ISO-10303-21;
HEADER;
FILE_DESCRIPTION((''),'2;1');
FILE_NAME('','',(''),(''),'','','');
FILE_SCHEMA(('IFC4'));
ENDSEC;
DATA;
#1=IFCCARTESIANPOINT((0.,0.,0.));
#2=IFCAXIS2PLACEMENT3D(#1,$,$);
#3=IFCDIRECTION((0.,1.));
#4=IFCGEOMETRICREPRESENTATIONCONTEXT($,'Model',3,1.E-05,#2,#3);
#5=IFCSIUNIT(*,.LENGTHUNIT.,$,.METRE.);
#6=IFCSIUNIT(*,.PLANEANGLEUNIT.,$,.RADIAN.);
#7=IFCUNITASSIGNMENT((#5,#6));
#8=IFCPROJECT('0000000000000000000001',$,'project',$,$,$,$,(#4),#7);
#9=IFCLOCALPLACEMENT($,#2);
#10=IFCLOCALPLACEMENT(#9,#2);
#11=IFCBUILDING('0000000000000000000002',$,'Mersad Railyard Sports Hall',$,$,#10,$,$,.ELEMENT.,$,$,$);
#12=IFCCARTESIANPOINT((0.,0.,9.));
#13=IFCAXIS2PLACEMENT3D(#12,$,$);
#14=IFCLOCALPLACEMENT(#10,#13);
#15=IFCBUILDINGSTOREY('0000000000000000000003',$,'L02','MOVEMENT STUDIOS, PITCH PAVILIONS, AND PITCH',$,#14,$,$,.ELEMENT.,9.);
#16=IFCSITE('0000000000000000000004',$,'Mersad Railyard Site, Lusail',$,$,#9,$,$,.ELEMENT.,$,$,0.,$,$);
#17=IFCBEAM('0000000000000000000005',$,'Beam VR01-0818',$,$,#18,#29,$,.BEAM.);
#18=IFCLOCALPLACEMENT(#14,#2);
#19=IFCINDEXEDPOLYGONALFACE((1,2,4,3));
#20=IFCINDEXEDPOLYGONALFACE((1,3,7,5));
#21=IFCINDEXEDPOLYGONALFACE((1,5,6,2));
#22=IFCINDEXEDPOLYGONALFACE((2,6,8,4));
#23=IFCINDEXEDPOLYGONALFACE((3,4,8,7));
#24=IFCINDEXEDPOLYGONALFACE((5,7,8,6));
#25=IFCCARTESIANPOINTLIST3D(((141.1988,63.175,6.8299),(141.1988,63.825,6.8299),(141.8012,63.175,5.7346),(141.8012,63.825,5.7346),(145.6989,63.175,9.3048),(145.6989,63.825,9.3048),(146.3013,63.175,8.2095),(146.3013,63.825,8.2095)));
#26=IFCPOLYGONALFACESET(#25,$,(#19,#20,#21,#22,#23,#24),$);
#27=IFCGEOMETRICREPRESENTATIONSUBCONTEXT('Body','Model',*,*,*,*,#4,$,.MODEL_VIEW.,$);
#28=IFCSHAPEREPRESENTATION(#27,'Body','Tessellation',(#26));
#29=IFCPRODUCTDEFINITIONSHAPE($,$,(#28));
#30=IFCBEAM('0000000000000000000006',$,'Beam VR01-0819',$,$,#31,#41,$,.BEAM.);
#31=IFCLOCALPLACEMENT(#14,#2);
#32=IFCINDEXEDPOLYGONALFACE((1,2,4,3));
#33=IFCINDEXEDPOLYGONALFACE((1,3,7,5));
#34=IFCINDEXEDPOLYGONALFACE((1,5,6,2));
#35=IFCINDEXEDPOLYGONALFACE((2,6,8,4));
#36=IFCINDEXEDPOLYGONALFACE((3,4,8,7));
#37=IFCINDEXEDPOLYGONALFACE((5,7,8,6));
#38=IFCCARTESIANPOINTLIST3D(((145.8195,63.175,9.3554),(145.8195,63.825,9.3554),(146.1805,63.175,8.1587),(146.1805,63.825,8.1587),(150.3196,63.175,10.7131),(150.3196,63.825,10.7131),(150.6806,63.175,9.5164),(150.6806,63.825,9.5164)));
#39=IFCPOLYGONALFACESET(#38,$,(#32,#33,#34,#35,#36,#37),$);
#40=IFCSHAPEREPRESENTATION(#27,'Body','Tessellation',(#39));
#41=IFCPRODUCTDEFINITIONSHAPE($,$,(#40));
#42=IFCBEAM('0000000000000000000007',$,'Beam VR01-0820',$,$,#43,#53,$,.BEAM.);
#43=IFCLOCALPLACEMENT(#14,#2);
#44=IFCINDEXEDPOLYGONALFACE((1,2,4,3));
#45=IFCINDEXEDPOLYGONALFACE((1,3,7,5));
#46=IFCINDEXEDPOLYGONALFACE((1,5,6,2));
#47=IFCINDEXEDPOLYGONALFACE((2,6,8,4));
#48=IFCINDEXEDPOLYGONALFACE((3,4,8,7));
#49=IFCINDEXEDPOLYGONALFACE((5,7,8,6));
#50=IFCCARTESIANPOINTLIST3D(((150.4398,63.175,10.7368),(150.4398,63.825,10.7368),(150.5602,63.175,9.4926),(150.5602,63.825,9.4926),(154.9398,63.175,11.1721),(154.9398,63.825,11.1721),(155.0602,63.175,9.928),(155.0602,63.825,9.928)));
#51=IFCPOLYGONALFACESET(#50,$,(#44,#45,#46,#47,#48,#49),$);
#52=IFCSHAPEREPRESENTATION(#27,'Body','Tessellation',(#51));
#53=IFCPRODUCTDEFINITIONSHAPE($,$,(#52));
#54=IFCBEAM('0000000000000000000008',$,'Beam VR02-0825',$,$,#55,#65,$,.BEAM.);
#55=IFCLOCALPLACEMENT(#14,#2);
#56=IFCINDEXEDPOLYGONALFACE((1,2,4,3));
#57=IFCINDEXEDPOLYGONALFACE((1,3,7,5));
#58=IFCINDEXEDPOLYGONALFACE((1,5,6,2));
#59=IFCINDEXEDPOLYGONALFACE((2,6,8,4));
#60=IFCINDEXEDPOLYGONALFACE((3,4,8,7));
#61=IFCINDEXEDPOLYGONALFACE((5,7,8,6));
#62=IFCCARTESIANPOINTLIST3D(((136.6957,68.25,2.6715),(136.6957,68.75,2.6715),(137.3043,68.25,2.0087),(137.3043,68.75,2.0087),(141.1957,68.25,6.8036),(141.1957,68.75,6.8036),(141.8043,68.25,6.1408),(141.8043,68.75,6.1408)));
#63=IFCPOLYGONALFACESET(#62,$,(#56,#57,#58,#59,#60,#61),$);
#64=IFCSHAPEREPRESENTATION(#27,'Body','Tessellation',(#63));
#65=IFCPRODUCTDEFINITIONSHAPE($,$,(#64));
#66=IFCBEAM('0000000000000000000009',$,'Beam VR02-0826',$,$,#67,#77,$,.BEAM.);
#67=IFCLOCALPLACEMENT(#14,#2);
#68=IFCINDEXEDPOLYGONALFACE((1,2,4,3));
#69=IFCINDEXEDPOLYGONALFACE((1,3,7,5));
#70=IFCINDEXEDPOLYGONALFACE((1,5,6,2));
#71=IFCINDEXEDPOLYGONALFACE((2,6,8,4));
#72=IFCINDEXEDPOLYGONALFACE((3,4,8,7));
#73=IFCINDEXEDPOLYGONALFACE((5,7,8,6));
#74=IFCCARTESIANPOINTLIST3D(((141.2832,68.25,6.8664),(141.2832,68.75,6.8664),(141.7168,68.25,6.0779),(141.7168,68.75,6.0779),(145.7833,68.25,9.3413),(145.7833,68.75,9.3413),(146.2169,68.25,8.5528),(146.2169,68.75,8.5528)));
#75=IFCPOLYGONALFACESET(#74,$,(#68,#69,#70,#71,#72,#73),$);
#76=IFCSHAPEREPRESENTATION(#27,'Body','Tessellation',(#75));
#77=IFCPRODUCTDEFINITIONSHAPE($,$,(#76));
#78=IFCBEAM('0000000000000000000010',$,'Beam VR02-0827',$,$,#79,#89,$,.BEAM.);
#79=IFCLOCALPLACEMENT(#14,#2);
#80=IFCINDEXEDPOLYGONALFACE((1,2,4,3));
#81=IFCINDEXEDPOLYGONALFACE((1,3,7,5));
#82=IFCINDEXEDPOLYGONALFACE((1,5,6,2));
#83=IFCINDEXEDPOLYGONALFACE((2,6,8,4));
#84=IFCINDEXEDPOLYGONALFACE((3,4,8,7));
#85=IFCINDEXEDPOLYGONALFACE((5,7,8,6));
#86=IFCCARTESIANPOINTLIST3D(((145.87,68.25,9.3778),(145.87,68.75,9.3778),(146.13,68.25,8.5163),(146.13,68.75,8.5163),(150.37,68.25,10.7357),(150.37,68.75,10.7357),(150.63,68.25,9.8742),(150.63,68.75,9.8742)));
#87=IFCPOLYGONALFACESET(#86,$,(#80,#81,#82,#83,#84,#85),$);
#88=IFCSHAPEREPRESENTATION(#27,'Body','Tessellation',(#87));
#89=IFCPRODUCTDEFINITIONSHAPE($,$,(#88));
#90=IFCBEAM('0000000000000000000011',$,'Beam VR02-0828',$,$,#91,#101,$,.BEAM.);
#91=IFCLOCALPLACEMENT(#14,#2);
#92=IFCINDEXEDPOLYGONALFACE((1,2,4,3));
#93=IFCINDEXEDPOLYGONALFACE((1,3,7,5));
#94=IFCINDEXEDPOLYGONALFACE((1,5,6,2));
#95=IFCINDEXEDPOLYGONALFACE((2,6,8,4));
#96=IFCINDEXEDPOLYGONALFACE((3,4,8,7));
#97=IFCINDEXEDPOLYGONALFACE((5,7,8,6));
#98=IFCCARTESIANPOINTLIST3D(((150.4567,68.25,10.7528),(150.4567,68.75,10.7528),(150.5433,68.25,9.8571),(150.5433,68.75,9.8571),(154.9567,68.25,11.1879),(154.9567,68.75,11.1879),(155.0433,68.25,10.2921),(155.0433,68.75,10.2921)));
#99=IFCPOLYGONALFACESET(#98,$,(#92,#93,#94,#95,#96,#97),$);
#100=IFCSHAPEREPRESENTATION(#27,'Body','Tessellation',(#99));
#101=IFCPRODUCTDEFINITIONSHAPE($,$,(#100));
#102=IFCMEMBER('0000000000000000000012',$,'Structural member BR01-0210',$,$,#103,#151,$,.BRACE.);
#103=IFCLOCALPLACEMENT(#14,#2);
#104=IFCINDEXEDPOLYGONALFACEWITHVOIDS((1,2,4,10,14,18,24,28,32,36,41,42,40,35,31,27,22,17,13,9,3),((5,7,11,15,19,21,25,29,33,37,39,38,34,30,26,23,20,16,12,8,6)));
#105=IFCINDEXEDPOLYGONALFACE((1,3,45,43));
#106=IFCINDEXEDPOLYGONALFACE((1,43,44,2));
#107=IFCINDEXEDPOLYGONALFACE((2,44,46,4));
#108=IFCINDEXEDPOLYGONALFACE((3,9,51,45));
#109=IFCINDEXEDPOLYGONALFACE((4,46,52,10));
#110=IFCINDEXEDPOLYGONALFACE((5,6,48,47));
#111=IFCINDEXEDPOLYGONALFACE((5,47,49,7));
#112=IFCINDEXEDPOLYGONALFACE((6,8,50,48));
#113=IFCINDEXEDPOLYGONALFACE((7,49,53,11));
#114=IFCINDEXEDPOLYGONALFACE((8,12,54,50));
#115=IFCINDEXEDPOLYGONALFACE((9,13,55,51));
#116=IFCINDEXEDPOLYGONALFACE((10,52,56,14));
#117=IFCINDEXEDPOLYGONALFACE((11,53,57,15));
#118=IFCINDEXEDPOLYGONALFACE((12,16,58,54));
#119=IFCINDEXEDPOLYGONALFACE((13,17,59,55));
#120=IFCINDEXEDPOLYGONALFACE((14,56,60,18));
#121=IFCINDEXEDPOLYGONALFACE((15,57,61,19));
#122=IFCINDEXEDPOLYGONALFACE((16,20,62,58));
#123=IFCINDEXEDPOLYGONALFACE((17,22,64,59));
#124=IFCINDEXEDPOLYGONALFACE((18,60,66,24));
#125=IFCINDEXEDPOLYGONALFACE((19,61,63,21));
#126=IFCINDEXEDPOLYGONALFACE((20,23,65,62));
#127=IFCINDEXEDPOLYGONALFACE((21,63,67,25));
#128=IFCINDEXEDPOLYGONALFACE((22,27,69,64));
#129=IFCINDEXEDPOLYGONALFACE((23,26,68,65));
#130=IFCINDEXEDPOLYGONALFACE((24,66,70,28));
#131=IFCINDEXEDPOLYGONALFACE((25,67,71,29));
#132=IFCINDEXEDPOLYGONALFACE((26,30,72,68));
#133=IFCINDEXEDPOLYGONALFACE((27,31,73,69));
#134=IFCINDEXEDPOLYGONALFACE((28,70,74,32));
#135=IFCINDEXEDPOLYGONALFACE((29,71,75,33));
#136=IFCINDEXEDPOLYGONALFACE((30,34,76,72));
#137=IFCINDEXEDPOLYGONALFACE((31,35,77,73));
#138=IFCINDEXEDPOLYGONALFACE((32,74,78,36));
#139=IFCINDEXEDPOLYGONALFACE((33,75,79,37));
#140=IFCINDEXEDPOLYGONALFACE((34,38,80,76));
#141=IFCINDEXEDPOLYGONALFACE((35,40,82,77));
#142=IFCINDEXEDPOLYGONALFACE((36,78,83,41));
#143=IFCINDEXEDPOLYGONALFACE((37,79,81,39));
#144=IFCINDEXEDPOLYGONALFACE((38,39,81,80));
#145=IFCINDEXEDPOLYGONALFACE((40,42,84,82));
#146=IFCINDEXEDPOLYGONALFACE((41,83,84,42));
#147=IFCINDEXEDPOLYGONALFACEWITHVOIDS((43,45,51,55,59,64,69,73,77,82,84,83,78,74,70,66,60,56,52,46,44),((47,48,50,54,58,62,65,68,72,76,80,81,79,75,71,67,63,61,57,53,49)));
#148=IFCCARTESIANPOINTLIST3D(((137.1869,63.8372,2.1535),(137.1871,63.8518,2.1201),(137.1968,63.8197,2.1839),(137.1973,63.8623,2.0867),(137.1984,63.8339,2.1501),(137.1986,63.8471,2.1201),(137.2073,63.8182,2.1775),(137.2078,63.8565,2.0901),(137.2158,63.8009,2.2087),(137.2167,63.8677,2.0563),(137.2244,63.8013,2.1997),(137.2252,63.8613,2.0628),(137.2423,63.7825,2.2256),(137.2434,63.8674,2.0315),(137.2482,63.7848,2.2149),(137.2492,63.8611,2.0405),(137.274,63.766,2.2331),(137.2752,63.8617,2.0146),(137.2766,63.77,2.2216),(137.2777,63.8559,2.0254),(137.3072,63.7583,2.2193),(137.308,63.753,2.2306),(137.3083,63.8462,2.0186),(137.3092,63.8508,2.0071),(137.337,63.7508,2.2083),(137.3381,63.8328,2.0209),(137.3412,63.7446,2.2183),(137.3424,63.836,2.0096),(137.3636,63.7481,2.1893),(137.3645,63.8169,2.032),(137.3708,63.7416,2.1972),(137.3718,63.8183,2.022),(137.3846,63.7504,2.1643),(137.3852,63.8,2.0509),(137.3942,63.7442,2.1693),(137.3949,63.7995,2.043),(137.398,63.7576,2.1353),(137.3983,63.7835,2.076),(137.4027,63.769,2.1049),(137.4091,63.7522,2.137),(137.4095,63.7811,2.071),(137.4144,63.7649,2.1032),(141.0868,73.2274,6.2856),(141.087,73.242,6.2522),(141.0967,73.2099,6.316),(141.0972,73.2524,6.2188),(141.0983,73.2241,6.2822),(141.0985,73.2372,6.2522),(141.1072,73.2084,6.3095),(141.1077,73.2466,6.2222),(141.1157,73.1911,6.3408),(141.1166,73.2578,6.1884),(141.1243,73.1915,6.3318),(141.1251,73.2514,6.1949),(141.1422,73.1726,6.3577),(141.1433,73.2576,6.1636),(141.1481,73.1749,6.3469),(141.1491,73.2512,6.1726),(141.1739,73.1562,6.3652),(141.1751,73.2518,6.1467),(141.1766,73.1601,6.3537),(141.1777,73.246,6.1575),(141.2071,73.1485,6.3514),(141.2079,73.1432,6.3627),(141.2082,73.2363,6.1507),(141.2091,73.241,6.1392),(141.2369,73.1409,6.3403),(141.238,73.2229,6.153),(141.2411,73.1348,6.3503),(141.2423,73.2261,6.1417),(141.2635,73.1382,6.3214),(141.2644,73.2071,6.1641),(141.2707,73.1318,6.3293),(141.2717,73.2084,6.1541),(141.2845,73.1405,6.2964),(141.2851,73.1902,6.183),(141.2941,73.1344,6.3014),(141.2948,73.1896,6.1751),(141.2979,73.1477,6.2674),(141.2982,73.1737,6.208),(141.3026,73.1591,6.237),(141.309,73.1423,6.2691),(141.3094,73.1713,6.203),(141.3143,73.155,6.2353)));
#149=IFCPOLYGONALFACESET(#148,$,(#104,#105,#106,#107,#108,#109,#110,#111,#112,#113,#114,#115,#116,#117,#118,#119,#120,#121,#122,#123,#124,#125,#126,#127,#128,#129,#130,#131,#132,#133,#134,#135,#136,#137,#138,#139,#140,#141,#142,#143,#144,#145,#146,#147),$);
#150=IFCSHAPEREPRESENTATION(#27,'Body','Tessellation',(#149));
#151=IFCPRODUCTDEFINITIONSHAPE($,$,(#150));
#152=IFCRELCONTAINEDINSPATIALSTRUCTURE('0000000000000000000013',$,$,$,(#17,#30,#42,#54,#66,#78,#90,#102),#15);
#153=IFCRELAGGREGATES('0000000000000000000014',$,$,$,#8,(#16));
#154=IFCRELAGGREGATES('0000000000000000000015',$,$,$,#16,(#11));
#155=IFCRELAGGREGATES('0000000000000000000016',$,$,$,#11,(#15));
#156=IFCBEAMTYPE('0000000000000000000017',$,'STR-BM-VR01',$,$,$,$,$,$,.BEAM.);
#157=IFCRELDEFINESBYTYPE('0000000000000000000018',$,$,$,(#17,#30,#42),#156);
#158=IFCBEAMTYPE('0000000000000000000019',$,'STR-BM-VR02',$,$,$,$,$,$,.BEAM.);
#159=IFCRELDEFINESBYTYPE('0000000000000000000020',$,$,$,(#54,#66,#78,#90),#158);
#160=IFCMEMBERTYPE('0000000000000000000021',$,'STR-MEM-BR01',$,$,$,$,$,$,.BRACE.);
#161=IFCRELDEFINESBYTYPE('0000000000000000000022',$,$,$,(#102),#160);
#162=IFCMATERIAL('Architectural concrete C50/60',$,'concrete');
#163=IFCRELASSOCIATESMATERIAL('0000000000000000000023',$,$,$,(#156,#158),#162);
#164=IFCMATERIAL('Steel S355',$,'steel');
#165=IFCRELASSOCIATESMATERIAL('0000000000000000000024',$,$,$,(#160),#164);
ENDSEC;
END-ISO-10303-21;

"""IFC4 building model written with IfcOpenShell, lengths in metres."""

from ifc_helpers import new_model, si_unit, direction, frame, origin, origin_2d, place, context, subcontext, project, spatial, rectangle, hollow_circle, extrude, material, material_profile, profile_set, type_object, element, save


model = new_model("IFC4")

# Units and contexts
model_context = context("Model", 3, precision=1e-05, world=origin(), true_north=direction((0.0, 1.0)))
body_context = subcontext(model_context, "Body", "Model", "MODEL_VIEW")
ifc_project = project(units=[si_unit("LENGTHUNIT", "METRE"), si_unit("PLANEANGLEUNIT", "RADIAN")], contexts=[model_context])

# Site, building, storey
site_placement = place(None, origin())
site = spatial("IfcSite", under=ifc_project, at=site_placement, Name="Mersad Railyard Site, Lusail", CompositionType="ELEMENT", RefElevation=0.0)
building_placement = place(site_placement, origin())
building = spatial("IfcBuilding", under=site, at=building_placement, Name="Mersad Railyard Sports Hall", CompositionType="ELEMENT")
storey_placement = place(building_placement, frame((0.0, 0.0, 9.0)))
storey = spatial("IfcBuildingStorey", under=building, at=storey_placement, Name="L02", Description="MOVEMENT STUDIOS, PITCH PAVILIONS, AND PITCH", CompositionType="ELEMENT", Elevation=9.0)

# Beams
ifc_material_1 = material(Name="Architectural concrete C50/60", Category="concrete")
ifc_material_profile_1 = material_profile(ifc_material_1, rectangle(XDim=0.6499, YDim=1.25, at=origin_2d()), Name="VR 650x1250")
ifc_profile_set_1 = profile_set([ifc_material_profile_1], Name="Architectural concrete C50/60")
beam_type_1 = type_object("IfcBeamType", Name="STR-BM-VR01", PredefinedType="BEAM", material=ifc_profile_set_1)
beam_1_placement = place(storey_placement, frame((141.5, 63.5, 6.2822), z_axis=(0.876228, 0.0, 0.481897), x_axis=(0.0, 1.0, 0.0)))
element("IfcBeam", 1, at=beam_1_placement, inside=storey, type_object=beam_type_1, Name="Beam VR01-0818", PredefinedType="BEAM", context=body_context, shape_type="SweptSolid", body=[
    extrude(rectangle(XDim=0.6499, YDim=1.25, at=origin_2d()), origin(), (0.0, 0.0, 1.0), 5.1357),
])
beam_2_placement = place(storey_placement, frame((146.0, 63.5, 8.7571), z_axis=(0.957376, 0.0, 0.288844), x_axis=(0.0, 1.0, 0.0)))
element("IfcBeam", 2, at=beam_2_placement, inside=storey, type_object=beam_type_1, Name="Beam VR01-0819", PredefinedType="BEAM", context=body_context, shape_type="SweptSolid", body=[
    extrude(rectangle(XDim=0.6499, YDim=1.25, at=origin_2d()), origin(), (0.0, 0.0, 1.0), 4.7004),
])
beam_3_placement = place(storey_placement, frame((150.5, 63.5, 10.1147), z_axis=(0.995354, 0.0, 0.096285), x_axis=(0.0, 1.0, 0.0)))
element("IfcBeam", 3, at=beam_3_placement, inside=storey, type_object=beam_type_1, Name="Beam VR01-0820", PredefinedType="BEAM", context=body_context, shape_type="SweptSolid", body=[
    extrude(rectangle(XDim=0.6499, YDim=1.25, at=origin_2d()), origin(), (0.0, 0.0, 1.0), 4.521),
])
ifc_material_profile_2 = material_profile(ifc_material_1, rectangle(XDim=0.5, YDim=0.8999, at=origin_2d()), Name="VR 500x900")
ifc_profile_set_2 = profile_set([ifc_material_profile_2], Name="Architectural concrete C50/60")
beam_type_2 = type_object("IfcBeamType", Name="STR-BM-VR02", PredefinedType="BEAM", material=ifc_profile_set_2)
beam_4_placement = place(storey_placement, frame((137.0, 68.5, 2.3401), z_axis=(0.736577, 0.0, 0.676354), x_axis=(0.0, 1.0, 0.0)))
element("IfcBeam", 4, at=beam_4_placement, inside=storey, type_object=beam_type_2, Name="Beam VR02-0825", PredefinedType="BEAM", context=body_context, shape_type="SweptSolid", body=[
    extrude(rectangle(XDim=0.5, YDim=0.8999, at=origin_2d()), origin(), (0.0, 0.0, 1.0), 6.1094),
])
beam_5_placement = place(storey_placement, frame((141.5, 68.5, 6.4722), z_axis=(0.876228, 0.0, 0.481897), x_axis=(0.0, 1.0, 0.0)))
element("IfcBeam", 5, at=beam_5_placement, inside=storey, type_object=beam_type_2, Name="Beam VR02-0826", PredefinedType="BEAM", context=body_context, shape_type="SweptSolid", body=[
    extrude(rectangle(XDim=0.5, YDim=0.8999, at=origin_2d()), origin(), (0.0, 0.0, 1.0), 5.1357),
])
beam_6_placement = place(storey_placement, frame((146.0, 68.5, 8.947), z_axis=(0.957362, 0.0, 0.288891), x_axis=(0.0, 1.0, 0.0)))
element("IfcBeam", 6, at=beam_6_placement, inside=storey, type_object=beam_type_2, Name="Beam VR02-0827", PredefinedType="BEAM", context=body_context, shape_type="SweptSolid", body=[
    extrude(rectangle(XDim=0.5, YDim=0.8999, at=origin_2d()), origin(), (0.0, 0.0, 1.0), 4.7004),
])
beam_7_placement = place(storey_placement, frame((150.5, 68.5, 10.3049), z_axis=(0.995359, 0.0, 0.096231), x_axis=(0.0, 1.0, 0.0)))
element("IfcBeam", 7, at=beam_7_placement, inside=storey, type_object=beam_type_2, Name="Beam VR02-0828", PredefinedType="BEAM", context=body_context, shape_type="SweptSolid", body=[
    extrude(rectangle(XDim=0.5, YDim=0.8999, at=origin_2d()), origin(), (0.0, 0.0, 1.0), 4.521),
])

# Member
ifc_material_2 = material(Name="Steel S355", Category="steel")
ifc_material_profile_3 = material_profile(ifc_material_2, hollow_circle(Radius=0.1223, WallThickness=0.0125, at=origin_2d()), Name="CHS 244.5x12.5")
ifc_profile_set_3 = profile_set([ifc_material_profile_3], Name="Steel S355")
member_type_1 = type_object("IfcMemberType", Name="STR-MEM-BR01", PredefinedType="BRACE", material=ifc_profile_set_3)
member_1_placement = place(storey_placement, frame((137.3, 63.8049, 2.1201), z_axis=(0.355333, 0.855567, 0.376488), x_axis=(-0.923518, 0.383555, 0.0)))
element("IfcMember", 8, at=member_1_placement, inside=storey, type_object=member_type_1, Name="Structural member BR01-0210", PredefinedType="BRACE", context=body_context, shape_type="SweptSolid", body=[
    extrude(hollow_circle(Radius=0.1223, WallThickness=0.0125, at=origin_2d()), origin(), (0.0, 0.0, 1.0), 10.9753),
])

save(model, "model.ifc")
